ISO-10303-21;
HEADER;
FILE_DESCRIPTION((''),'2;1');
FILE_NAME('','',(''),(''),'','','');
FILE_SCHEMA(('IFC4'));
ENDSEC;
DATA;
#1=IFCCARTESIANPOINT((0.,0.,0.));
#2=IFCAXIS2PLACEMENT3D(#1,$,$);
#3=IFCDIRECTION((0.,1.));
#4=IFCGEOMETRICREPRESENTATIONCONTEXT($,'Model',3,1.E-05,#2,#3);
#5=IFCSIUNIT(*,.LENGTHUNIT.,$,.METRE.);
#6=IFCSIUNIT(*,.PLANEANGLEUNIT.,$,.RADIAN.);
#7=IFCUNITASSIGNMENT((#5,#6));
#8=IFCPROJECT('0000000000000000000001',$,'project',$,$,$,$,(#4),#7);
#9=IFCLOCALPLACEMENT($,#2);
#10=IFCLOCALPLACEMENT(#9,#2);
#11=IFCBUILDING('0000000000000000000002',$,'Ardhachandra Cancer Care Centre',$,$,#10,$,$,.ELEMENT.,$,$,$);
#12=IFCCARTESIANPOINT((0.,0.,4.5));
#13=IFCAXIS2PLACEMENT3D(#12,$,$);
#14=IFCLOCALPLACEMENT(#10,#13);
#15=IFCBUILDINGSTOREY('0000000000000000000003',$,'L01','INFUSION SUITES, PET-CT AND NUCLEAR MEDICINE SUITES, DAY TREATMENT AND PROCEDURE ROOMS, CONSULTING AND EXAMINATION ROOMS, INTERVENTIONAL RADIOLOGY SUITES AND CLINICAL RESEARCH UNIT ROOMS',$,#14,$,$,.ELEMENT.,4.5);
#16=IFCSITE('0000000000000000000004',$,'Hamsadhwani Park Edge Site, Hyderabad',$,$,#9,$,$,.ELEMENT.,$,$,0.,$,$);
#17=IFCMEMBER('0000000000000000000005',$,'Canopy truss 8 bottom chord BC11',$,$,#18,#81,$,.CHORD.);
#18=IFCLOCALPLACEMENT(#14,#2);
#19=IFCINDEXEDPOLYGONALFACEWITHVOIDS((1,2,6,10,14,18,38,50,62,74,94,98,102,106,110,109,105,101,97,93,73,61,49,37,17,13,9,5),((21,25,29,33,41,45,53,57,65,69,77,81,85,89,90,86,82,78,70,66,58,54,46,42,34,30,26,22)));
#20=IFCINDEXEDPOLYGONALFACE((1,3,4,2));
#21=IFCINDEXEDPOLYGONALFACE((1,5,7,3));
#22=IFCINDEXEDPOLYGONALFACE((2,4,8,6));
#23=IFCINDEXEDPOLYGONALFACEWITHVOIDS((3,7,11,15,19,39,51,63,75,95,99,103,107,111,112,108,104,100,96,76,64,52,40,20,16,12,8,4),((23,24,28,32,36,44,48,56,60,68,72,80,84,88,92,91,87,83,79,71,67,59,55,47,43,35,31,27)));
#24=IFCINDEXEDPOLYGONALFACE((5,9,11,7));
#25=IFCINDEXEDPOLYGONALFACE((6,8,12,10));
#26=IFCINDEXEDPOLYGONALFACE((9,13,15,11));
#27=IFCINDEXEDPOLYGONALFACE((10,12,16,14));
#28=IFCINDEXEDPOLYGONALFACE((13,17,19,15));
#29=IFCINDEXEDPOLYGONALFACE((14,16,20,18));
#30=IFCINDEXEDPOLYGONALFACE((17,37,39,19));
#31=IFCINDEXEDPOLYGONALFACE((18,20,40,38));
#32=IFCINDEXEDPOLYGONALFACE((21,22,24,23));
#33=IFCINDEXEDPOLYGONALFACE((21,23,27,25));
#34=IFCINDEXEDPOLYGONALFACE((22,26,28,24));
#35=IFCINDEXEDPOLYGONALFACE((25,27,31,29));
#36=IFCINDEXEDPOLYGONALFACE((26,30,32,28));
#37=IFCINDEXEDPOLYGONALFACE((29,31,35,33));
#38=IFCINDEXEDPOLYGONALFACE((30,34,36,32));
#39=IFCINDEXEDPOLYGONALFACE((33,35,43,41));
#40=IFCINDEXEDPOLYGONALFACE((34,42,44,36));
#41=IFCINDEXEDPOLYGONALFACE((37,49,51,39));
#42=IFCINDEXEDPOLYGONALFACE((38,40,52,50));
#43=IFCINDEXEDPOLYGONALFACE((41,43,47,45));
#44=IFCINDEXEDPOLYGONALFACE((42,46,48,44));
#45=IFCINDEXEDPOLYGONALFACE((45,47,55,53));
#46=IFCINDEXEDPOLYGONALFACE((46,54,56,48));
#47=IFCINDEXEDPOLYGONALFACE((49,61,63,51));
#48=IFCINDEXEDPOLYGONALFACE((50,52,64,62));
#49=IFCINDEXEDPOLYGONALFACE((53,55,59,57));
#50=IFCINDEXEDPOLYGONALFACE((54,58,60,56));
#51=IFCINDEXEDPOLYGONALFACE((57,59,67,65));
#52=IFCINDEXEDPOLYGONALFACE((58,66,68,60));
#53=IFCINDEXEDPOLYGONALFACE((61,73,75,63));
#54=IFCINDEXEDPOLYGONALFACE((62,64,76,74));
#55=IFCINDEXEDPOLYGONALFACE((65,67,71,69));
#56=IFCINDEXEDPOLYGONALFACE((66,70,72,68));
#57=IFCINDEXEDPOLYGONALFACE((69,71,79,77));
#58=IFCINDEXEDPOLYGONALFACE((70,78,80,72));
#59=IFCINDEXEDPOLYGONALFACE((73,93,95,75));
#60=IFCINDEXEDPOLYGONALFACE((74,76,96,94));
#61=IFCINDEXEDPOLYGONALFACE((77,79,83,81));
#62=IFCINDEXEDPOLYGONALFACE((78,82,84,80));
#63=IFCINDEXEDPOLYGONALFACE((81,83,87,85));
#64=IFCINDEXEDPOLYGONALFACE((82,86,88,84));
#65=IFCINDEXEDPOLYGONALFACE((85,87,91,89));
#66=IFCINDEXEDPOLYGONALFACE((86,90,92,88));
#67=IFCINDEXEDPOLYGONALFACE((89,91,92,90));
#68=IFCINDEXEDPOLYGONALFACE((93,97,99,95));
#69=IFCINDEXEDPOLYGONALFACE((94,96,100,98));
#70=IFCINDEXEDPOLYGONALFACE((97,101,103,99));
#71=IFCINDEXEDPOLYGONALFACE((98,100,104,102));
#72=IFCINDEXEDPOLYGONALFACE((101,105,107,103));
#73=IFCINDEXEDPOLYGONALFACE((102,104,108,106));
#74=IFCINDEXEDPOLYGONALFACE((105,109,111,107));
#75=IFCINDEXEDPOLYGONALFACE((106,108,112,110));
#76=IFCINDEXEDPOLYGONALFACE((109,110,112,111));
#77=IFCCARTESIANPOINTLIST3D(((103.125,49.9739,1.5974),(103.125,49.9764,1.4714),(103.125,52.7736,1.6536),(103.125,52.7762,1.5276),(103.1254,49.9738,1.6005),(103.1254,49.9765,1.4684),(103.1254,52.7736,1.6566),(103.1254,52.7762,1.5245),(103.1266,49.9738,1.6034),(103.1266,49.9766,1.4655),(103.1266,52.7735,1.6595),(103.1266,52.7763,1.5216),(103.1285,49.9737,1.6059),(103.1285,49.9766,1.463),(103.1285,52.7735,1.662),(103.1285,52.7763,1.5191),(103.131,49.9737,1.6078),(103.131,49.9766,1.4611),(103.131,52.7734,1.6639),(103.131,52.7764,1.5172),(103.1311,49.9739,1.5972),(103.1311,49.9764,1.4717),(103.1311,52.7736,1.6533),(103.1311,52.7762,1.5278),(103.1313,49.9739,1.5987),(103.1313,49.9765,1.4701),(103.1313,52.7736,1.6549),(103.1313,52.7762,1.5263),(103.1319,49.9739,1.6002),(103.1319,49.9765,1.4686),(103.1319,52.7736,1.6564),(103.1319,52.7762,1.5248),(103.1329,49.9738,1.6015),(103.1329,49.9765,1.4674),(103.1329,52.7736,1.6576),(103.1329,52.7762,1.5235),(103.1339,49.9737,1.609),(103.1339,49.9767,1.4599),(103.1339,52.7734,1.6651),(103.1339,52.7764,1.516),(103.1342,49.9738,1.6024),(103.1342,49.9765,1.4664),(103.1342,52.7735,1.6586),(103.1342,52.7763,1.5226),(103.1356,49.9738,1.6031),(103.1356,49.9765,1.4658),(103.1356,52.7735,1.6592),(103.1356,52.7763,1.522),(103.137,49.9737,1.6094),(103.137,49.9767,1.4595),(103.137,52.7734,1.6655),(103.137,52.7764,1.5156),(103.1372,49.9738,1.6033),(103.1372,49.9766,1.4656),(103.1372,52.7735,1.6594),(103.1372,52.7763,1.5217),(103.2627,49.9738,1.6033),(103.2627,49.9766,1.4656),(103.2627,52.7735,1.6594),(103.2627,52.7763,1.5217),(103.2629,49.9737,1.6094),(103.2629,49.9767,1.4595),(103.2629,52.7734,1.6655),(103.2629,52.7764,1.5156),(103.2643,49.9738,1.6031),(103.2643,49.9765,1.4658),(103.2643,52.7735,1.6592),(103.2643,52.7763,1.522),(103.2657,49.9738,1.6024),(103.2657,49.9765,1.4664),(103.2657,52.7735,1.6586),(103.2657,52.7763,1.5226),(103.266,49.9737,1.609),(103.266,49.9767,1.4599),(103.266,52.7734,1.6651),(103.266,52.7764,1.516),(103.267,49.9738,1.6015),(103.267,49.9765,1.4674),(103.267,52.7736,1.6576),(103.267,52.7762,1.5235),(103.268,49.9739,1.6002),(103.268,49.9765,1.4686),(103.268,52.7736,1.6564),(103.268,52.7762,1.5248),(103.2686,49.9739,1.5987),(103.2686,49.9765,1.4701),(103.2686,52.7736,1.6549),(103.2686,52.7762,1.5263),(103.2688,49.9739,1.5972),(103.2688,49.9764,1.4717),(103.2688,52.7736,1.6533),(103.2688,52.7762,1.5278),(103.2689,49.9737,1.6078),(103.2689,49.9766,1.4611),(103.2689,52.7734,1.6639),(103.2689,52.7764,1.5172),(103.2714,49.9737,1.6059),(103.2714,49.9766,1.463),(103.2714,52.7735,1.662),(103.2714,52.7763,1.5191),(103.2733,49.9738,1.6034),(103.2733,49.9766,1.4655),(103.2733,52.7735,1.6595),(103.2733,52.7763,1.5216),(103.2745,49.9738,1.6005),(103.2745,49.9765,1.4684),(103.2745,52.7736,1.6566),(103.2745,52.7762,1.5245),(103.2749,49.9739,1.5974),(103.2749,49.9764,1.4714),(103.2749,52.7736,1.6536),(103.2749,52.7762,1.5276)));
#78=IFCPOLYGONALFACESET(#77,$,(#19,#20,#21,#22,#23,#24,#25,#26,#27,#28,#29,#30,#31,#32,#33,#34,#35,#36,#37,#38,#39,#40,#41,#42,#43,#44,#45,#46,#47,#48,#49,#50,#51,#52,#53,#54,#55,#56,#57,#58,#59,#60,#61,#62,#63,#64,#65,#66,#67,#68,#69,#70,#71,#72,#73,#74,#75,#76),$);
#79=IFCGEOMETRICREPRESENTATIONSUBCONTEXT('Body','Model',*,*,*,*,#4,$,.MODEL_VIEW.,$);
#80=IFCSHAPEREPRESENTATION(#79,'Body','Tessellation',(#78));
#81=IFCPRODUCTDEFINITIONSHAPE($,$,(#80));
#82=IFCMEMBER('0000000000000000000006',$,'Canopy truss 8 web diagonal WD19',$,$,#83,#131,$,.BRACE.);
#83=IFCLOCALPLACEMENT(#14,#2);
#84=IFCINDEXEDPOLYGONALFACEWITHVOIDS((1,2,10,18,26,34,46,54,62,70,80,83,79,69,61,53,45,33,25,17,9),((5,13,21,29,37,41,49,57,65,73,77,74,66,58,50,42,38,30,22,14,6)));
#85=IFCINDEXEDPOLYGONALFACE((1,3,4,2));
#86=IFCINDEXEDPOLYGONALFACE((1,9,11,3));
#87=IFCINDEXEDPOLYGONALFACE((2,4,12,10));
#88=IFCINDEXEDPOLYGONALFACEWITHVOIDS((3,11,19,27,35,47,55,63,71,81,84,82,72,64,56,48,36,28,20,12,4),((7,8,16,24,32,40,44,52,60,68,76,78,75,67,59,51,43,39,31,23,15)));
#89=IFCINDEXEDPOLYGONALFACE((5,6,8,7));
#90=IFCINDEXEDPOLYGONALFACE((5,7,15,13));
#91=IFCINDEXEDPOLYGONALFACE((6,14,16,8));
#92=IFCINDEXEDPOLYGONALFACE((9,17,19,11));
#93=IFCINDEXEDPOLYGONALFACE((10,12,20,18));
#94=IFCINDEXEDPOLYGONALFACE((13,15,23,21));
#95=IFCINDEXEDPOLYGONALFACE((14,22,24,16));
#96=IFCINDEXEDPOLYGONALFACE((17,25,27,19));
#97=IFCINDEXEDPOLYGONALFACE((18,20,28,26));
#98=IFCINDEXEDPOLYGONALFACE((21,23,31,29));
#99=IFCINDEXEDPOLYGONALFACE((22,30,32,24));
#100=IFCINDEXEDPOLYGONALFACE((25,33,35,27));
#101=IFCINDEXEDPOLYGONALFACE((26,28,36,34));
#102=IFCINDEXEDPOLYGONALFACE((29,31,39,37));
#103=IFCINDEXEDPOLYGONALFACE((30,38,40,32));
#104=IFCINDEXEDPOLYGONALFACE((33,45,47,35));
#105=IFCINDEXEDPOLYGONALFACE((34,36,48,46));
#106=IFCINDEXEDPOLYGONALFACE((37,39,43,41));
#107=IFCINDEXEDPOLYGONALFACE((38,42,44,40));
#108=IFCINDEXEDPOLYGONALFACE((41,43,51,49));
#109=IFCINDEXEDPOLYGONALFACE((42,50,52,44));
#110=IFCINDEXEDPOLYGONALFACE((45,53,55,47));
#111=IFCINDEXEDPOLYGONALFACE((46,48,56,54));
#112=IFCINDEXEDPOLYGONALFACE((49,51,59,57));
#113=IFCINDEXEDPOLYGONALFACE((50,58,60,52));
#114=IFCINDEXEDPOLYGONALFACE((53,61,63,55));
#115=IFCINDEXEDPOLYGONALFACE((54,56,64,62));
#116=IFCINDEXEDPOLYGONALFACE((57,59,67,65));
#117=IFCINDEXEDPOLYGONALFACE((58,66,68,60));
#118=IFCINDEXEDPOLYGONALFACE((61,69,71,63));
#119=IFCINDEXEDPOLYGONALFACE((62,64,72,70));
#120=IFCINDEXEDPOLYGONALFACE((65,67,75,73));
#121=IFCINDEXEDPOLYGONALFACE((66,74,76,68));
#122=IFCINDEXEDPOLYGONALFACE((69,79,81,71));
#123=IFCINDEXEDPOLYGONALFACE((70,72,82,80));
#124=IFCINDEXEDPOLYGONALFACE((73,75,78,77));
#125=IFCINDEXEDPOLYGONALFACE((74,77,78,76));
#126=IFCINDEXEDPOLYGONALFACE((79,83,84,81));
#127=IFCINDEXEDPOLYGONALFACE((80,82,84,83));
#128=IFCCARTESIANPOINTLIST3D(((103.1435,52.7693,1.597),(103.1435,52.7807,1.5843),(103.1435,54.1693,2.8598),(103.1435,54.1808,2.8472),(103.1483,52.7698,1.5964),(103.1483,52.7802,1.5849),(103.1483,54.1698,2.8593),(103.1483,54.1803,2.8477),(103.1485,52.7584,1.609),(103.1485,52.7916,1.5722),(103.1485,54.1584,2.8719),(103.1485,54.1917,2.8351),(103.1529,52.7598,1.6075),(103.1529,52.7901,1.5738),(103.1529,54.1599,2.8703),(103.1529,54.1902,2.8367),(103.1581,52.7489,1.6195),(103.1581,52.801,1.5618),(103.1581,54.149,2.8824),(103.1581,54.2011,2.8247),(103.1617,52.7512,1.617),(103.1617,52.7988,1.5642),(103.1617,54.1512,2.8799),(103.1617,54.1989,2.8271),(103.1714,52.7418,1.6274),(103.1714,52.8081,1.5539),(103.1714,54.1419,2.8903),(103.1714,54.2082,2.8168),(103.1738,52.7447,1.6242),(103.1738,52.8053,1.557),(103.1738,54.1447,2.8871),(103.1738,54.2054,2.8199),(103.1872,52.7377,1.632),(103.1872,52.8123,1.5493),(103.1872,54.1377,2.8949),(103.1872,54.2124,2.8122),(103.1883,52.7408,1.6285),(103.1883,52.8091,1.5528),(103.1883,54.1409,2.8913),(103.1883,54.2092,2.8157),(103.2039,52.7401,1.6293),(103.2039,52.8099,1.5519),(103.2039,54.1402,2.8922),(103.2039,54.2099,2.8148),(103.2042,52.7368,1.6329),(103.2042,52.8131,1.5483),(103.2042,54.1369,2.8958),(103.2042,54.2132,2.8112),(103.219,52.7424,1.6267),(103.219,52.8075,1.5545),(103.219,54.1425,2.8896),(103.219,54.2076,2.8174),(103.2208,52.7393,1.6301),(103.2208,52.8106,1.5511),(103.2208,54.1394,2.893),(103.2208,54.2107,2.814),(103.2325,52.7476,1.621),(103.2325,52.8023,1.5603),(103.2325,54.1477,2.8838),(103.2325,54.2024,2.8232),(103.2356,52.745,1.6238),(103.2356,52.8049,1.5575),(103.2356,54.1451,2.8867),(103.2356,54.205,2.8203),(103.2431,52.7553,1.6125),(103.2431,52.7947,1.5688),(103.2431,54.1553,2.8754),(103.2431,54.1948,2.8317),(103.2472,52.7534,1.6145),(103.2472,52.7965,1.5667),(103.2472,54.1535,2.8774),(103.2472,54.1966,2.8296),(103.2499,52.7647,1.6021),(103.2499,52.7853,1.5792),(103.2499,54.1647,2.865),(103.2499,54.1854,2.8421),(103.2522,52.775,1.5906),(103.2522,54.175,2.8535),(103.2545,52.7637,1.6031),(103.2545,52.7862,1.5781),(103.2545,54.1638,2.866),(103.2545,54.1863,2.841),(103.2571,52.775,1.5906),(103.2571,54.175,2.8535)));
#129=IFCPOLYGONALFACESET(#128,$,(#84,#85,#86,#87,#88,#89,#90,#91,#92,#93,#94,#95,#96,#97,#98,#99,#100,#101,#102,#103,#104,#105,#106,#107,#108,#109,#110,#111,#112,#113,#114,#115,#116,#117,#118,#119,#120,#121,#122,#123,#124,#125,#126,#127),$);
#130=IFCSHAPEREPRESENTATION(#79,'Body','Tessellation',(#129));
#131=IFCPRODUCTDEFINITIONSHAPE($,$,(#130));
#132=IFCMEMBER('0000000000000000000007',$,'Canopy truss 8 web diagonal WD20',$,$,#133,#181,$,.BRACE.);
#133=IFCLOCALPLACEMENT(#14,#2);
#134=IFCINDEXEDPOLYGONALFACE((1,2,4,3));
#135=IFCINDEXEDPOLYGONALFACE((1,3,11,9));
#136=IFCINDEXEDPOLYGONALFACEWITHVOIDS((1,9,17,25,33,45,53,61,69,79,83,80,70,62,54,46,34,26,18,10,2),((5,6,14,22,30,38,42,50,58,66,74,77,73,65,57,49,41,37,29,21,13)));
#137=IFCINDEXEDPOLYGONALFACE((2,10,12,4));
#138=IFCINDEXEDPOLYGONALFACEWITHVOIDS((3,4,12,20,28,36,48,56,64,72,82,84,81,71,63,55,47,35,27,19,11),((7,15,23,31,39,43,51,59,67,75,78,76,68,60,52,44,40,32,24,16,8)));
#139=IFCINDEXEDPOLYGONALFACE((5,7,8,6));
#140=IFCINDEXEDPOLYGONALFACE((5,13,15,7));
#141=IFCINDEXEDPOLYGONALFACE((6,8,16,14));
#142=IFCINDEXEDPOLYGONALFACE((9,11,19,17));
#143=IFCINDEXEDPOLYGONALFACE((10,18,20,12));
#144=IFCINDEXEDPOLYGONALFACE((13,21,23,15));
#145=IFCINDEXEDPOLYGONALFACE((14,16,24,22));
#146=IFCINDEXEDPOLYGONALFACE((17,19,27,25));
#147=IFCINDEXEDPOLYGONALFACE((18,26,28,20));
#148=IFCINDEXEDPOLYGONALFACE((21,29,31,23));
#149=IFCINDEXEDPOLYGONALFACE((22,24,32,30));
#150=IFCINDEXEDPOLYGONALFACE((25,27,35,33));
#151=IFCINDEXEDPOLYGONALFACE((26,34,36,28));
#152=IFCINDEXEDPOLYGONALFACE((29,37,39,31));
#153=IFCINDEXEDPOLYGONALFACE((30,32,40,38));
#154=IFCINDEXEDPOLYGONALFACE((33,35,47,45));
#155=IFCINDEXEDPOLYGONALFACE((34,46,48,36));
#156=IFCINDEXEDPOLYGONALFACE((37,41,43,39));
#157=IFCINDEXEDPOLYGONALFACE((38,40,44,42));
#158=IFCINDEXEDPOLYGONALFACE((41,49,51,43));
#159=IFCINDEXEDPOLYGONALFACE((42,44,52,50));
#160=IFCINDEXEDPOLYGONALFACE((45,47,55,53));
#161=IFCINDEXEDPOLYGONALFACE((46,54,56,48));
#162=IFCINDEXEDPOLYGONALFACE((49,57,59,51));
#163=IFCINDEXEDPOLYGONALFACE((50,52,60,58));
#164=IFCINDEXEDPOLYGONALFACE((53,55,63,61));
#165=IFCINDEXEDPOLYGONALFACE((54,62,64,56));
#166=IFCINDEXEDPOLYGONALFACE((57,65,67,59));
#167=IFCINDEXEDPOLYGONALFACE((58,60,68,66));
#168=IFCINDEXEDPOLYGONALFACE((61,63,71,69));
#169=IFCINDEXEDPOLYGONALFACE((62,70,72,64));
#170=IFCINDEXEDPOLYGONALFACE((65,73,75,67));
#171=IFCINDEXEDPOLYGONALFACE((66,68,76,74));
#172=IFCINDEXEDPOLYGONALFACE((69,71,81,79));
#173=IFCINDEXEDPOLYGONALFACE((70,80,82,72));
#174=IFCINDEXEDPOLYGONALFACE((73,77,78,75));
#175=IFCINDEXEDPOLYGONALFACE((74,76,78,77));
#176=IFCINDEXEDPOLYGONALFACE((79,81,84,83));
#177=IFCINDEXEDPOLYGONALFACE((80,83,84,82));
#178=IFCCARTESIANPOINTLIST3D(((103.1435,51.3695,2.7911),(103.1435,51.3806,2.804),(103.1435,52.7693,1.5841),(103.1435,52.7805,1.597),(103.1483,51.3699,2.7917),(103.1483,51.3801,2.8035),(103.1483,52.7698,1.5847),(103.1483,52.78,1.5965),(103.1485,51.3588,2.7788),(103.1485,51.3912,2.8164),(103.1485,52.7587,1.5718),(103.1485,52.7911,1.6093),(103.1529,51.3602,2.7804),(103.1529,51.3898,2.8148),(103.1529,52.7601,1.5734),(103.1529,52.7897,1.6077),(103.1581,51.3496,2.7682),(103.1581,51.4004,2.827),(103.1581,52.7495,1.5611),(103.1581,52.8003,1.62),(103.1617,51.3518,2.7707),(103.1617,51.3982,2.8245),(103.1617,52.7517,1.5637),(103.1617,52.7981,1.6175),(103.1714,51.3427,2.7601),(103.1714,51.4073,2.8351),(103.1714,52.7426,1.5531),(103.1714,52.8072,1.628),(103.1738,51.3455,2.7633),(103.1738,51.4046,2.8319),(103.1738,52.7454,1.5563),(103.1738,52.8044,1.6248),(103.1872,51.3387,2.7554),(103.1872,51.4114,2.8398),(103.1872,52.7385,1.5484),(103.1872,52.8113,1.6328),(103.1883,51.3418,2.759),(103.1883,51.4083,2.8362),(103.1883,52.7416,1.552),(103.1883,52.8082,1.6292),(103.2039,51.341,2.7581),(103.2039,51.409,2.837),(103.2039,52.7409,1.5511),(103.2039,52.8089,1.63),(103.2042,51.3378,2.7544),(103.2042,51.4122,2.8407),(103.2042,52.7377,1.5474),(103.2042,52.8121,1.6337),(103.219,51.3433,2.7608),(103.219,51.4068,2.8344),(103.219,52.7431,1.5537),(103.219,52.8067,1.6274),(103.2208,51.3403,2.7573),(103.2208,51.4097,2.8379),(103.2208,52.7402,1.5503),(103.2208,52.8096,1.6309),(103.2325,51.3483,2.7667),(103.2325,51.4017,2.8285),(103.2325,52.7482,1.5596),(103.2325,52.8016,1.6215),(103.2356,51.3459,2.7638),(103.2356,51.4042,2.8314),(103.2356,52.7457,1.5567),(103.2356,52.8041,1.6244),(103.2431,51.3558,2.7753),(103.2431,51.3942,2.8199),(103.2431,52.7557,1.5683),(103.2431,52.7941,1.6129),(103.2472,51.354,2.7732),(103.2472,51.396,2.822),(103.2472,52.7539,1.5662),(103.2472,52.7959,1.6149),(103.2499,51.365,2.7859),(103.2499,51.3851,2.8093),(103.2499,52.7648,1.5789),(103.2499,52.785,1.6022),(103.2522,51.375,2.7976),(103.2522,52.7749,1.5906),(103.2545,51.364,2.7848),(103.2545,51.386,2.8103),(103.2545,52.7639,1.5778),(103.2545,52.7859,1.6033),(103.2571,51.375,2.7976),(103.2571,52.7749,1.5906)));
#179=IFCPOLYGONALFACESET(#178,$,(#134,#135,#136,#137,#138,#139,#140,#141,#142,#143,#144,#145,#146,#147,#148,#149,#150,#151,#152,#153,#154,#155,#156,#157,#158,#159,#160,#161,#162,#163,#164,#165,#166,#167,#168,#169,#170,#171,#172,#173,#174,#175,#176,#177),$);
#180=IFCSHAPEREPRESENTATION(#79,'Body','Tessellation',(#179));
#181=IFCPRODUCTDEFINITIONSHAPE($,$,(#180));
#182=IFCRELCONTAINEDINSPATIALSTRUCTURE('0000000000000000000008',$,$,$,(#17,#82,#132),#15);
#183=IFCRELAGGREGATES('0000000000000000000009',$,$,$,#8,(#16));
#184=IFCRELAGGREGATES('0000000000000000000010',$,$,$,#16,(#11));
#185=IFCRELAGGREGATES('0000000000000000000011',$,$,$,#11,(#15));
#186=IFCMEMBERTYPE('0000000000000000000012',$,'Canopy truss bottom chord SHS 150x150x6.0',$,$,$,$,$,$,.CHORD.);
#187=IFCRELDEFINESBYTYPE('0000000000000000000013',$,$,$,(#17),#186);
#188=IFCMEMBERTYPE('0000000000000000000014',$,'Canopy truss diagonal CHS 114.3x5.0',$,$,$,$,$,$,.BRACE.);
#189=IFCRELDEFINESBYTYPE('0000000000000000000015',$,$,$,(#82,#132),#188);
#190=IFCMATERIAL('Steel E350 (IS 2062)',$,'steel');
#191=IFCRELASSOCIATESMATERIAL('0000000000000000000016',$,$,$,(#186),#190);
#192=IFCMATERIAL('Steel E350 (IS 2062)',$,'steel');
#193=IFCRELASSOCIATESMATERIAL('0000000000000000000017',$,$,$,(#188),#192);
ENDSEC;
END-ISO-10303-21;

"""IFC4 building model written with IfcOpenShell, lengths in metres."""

from ifc_helpers import new_model, si_unit, direction, frame, origin, origin_2d, place, context, subcontext, project, spatial, hollow_rectangle, hollow_circle, extrude, material, material_profile, profile_set, type_object, element, save


model = new_model("IFC4")

# Units and contexts
model_context = context("Model", 3, precision=1e-05, world=origin(), true_north=direction((0.0, 1.0)))
body_context = subcontext(model_context, "Body", "Model", "MODEL_VIEW")
ifc_project = project(units=[si_unit("LENGTHUNIT", "METRE"), si_unit("PLANEANGLEUNIT", "RADIAN")], contexts=[model_context])

# Site, building, storey
site_placement = place(None, origin())
site = spatial("IfcSite", under=ifc_project, at=site_placement, Name="Hamsadhwani Park Edge Site, Hyderabad", CompositionType="ELEMENT", RefElevation=0.0)
building_placement = place(site_placement, origin())
building = spatial("IfcBuilding", under=site, at=building_placement, Name="Ardhachandra Cancer Care Centre", CompositionType="ELEMENT")
storey_placement = place(building_placement, frame((0.0, 0.0, 4.5)))
storey = spatial("IfcBuildingStorey", under=building, at=storey_placement, Name="L01", Description="INFUSION SUITES, PET-CT AND NUCLEAR MEDICINE SUITES, DAY TREATMENT AND PROCEDURE ROOMS, CONSULTING AND EXAMINATION ROOMS, INTERVENTIONAL RADIOLOGY SUITES AND CLINICAL RESEARCH UNIT ROOMS", CompositionType="ELEMENT", Elevation=4.5)

# Members
ifc_material_1 = material(Name="Steel E350 (IS 2062)", Category="steel")
ifc_material_profile_1 = material_profile(ifc_material_1, hollow_rectangle(XDim=0.1499, YDim=0.1499, WallThickness=0.0061, InnerFilletRadius=0.0061, OuterFilletRadius=0.012, at=origin_2d()), Name="SHS 150x150x6.0")
ifc_profile_set_1 = profile_set([ifc_material_profile_1], Name="Steel E350 (IS 2062)")
member_type_1 = type_object("IfcMemberType", Name="Canopy truss bottom chord SHS 150x150x6.0", PredefinedType="CHORD", material=ifc_profile_set_1)
member_1_placement = place(storey_placement, frame((103.2, 52.7749, 1.5906), z_axis=(0.0, -0.999799, -0.020052), x_axis=(1.0, 0.0, 0.0)))
element("IfcMember", 1, at=member_1_placement, inside=storey, type_object=member_type_1, Name="Canopy truss 8 bottom chord BC11", PredefinedType="CHORD", context=body_context, shape_type="SweptSolid", body=[
    extrude(hollow_rectangle(XDim=0.1499, YDim=0.1499, WallThickness=0.0061, InnerFilletRadius=0.0061, OuterFilletRadius=0.012, at=origin_2d()), origin(), (0.0, 0.0, 1.0), 2.8003),
])
ifc_material_2 = material(Name="Steel E350 (IS 2062)", Category="steel")
ifc_material_profile_2 = material_profile(ifc_material_2, hollow_circle(Radius=0.0571, WallThickness=0.0049, at=origin_2d()), Name="CHS 114.3x5.0")
ifc_profile_set_2 = profile_set([ifc_material_profile_2], Name="Steel E350 (IS 2062)")
member_type_2 = type_object("IfcMemberType", Name="Canopy truss diagonal CHS 114.3x5.0", PredefinedType="BRACE", material=ifc_profile_set_2)
member_2_placement = place(storey_placement, frame((103.2, 54.175, 2.8535), z_axis=(0.0, -0.742553, -0.669787), x_axis=(1.0, 0.0, 0.0)))
element("IfcMember", 2, at=member_2_placement, inside=storey, type_object=member_type_2, Name="Canopy truss 8 web diagonal WD19", PredefinedType="BRACE", context=body_context, shape_type="SweptSolid", body=[
    extrude(hollow_circle(Radius=0.0571, WallThickness=0.0049, at=origin_2d()), origin(), (0.0, 0.0, 1.0), 1.8855),
])
member_3_placement = place(storey_placement, frame((103.2, 52.7749, 1.5906), z_axis=(0.0, -0.757351, 0.653008), x_axis=(1.0, 0.0, 0.0)))
element("IfcMember", 3, at=member_3_placement, inside=storey, type_object=member_type_2, Name="Canopy truss 8 web diagonal WD20", PredefinedType="BRACE", context=body_context, shape_type="SweptSolid", body=[
    extrude(hollow_circle(Radius=0.0571, WallThickness=0.0049, at=origin_2d()), origin(), (0.0, 0.0, 1.0), 1.8484),
])

save(model, "model.ifc")
